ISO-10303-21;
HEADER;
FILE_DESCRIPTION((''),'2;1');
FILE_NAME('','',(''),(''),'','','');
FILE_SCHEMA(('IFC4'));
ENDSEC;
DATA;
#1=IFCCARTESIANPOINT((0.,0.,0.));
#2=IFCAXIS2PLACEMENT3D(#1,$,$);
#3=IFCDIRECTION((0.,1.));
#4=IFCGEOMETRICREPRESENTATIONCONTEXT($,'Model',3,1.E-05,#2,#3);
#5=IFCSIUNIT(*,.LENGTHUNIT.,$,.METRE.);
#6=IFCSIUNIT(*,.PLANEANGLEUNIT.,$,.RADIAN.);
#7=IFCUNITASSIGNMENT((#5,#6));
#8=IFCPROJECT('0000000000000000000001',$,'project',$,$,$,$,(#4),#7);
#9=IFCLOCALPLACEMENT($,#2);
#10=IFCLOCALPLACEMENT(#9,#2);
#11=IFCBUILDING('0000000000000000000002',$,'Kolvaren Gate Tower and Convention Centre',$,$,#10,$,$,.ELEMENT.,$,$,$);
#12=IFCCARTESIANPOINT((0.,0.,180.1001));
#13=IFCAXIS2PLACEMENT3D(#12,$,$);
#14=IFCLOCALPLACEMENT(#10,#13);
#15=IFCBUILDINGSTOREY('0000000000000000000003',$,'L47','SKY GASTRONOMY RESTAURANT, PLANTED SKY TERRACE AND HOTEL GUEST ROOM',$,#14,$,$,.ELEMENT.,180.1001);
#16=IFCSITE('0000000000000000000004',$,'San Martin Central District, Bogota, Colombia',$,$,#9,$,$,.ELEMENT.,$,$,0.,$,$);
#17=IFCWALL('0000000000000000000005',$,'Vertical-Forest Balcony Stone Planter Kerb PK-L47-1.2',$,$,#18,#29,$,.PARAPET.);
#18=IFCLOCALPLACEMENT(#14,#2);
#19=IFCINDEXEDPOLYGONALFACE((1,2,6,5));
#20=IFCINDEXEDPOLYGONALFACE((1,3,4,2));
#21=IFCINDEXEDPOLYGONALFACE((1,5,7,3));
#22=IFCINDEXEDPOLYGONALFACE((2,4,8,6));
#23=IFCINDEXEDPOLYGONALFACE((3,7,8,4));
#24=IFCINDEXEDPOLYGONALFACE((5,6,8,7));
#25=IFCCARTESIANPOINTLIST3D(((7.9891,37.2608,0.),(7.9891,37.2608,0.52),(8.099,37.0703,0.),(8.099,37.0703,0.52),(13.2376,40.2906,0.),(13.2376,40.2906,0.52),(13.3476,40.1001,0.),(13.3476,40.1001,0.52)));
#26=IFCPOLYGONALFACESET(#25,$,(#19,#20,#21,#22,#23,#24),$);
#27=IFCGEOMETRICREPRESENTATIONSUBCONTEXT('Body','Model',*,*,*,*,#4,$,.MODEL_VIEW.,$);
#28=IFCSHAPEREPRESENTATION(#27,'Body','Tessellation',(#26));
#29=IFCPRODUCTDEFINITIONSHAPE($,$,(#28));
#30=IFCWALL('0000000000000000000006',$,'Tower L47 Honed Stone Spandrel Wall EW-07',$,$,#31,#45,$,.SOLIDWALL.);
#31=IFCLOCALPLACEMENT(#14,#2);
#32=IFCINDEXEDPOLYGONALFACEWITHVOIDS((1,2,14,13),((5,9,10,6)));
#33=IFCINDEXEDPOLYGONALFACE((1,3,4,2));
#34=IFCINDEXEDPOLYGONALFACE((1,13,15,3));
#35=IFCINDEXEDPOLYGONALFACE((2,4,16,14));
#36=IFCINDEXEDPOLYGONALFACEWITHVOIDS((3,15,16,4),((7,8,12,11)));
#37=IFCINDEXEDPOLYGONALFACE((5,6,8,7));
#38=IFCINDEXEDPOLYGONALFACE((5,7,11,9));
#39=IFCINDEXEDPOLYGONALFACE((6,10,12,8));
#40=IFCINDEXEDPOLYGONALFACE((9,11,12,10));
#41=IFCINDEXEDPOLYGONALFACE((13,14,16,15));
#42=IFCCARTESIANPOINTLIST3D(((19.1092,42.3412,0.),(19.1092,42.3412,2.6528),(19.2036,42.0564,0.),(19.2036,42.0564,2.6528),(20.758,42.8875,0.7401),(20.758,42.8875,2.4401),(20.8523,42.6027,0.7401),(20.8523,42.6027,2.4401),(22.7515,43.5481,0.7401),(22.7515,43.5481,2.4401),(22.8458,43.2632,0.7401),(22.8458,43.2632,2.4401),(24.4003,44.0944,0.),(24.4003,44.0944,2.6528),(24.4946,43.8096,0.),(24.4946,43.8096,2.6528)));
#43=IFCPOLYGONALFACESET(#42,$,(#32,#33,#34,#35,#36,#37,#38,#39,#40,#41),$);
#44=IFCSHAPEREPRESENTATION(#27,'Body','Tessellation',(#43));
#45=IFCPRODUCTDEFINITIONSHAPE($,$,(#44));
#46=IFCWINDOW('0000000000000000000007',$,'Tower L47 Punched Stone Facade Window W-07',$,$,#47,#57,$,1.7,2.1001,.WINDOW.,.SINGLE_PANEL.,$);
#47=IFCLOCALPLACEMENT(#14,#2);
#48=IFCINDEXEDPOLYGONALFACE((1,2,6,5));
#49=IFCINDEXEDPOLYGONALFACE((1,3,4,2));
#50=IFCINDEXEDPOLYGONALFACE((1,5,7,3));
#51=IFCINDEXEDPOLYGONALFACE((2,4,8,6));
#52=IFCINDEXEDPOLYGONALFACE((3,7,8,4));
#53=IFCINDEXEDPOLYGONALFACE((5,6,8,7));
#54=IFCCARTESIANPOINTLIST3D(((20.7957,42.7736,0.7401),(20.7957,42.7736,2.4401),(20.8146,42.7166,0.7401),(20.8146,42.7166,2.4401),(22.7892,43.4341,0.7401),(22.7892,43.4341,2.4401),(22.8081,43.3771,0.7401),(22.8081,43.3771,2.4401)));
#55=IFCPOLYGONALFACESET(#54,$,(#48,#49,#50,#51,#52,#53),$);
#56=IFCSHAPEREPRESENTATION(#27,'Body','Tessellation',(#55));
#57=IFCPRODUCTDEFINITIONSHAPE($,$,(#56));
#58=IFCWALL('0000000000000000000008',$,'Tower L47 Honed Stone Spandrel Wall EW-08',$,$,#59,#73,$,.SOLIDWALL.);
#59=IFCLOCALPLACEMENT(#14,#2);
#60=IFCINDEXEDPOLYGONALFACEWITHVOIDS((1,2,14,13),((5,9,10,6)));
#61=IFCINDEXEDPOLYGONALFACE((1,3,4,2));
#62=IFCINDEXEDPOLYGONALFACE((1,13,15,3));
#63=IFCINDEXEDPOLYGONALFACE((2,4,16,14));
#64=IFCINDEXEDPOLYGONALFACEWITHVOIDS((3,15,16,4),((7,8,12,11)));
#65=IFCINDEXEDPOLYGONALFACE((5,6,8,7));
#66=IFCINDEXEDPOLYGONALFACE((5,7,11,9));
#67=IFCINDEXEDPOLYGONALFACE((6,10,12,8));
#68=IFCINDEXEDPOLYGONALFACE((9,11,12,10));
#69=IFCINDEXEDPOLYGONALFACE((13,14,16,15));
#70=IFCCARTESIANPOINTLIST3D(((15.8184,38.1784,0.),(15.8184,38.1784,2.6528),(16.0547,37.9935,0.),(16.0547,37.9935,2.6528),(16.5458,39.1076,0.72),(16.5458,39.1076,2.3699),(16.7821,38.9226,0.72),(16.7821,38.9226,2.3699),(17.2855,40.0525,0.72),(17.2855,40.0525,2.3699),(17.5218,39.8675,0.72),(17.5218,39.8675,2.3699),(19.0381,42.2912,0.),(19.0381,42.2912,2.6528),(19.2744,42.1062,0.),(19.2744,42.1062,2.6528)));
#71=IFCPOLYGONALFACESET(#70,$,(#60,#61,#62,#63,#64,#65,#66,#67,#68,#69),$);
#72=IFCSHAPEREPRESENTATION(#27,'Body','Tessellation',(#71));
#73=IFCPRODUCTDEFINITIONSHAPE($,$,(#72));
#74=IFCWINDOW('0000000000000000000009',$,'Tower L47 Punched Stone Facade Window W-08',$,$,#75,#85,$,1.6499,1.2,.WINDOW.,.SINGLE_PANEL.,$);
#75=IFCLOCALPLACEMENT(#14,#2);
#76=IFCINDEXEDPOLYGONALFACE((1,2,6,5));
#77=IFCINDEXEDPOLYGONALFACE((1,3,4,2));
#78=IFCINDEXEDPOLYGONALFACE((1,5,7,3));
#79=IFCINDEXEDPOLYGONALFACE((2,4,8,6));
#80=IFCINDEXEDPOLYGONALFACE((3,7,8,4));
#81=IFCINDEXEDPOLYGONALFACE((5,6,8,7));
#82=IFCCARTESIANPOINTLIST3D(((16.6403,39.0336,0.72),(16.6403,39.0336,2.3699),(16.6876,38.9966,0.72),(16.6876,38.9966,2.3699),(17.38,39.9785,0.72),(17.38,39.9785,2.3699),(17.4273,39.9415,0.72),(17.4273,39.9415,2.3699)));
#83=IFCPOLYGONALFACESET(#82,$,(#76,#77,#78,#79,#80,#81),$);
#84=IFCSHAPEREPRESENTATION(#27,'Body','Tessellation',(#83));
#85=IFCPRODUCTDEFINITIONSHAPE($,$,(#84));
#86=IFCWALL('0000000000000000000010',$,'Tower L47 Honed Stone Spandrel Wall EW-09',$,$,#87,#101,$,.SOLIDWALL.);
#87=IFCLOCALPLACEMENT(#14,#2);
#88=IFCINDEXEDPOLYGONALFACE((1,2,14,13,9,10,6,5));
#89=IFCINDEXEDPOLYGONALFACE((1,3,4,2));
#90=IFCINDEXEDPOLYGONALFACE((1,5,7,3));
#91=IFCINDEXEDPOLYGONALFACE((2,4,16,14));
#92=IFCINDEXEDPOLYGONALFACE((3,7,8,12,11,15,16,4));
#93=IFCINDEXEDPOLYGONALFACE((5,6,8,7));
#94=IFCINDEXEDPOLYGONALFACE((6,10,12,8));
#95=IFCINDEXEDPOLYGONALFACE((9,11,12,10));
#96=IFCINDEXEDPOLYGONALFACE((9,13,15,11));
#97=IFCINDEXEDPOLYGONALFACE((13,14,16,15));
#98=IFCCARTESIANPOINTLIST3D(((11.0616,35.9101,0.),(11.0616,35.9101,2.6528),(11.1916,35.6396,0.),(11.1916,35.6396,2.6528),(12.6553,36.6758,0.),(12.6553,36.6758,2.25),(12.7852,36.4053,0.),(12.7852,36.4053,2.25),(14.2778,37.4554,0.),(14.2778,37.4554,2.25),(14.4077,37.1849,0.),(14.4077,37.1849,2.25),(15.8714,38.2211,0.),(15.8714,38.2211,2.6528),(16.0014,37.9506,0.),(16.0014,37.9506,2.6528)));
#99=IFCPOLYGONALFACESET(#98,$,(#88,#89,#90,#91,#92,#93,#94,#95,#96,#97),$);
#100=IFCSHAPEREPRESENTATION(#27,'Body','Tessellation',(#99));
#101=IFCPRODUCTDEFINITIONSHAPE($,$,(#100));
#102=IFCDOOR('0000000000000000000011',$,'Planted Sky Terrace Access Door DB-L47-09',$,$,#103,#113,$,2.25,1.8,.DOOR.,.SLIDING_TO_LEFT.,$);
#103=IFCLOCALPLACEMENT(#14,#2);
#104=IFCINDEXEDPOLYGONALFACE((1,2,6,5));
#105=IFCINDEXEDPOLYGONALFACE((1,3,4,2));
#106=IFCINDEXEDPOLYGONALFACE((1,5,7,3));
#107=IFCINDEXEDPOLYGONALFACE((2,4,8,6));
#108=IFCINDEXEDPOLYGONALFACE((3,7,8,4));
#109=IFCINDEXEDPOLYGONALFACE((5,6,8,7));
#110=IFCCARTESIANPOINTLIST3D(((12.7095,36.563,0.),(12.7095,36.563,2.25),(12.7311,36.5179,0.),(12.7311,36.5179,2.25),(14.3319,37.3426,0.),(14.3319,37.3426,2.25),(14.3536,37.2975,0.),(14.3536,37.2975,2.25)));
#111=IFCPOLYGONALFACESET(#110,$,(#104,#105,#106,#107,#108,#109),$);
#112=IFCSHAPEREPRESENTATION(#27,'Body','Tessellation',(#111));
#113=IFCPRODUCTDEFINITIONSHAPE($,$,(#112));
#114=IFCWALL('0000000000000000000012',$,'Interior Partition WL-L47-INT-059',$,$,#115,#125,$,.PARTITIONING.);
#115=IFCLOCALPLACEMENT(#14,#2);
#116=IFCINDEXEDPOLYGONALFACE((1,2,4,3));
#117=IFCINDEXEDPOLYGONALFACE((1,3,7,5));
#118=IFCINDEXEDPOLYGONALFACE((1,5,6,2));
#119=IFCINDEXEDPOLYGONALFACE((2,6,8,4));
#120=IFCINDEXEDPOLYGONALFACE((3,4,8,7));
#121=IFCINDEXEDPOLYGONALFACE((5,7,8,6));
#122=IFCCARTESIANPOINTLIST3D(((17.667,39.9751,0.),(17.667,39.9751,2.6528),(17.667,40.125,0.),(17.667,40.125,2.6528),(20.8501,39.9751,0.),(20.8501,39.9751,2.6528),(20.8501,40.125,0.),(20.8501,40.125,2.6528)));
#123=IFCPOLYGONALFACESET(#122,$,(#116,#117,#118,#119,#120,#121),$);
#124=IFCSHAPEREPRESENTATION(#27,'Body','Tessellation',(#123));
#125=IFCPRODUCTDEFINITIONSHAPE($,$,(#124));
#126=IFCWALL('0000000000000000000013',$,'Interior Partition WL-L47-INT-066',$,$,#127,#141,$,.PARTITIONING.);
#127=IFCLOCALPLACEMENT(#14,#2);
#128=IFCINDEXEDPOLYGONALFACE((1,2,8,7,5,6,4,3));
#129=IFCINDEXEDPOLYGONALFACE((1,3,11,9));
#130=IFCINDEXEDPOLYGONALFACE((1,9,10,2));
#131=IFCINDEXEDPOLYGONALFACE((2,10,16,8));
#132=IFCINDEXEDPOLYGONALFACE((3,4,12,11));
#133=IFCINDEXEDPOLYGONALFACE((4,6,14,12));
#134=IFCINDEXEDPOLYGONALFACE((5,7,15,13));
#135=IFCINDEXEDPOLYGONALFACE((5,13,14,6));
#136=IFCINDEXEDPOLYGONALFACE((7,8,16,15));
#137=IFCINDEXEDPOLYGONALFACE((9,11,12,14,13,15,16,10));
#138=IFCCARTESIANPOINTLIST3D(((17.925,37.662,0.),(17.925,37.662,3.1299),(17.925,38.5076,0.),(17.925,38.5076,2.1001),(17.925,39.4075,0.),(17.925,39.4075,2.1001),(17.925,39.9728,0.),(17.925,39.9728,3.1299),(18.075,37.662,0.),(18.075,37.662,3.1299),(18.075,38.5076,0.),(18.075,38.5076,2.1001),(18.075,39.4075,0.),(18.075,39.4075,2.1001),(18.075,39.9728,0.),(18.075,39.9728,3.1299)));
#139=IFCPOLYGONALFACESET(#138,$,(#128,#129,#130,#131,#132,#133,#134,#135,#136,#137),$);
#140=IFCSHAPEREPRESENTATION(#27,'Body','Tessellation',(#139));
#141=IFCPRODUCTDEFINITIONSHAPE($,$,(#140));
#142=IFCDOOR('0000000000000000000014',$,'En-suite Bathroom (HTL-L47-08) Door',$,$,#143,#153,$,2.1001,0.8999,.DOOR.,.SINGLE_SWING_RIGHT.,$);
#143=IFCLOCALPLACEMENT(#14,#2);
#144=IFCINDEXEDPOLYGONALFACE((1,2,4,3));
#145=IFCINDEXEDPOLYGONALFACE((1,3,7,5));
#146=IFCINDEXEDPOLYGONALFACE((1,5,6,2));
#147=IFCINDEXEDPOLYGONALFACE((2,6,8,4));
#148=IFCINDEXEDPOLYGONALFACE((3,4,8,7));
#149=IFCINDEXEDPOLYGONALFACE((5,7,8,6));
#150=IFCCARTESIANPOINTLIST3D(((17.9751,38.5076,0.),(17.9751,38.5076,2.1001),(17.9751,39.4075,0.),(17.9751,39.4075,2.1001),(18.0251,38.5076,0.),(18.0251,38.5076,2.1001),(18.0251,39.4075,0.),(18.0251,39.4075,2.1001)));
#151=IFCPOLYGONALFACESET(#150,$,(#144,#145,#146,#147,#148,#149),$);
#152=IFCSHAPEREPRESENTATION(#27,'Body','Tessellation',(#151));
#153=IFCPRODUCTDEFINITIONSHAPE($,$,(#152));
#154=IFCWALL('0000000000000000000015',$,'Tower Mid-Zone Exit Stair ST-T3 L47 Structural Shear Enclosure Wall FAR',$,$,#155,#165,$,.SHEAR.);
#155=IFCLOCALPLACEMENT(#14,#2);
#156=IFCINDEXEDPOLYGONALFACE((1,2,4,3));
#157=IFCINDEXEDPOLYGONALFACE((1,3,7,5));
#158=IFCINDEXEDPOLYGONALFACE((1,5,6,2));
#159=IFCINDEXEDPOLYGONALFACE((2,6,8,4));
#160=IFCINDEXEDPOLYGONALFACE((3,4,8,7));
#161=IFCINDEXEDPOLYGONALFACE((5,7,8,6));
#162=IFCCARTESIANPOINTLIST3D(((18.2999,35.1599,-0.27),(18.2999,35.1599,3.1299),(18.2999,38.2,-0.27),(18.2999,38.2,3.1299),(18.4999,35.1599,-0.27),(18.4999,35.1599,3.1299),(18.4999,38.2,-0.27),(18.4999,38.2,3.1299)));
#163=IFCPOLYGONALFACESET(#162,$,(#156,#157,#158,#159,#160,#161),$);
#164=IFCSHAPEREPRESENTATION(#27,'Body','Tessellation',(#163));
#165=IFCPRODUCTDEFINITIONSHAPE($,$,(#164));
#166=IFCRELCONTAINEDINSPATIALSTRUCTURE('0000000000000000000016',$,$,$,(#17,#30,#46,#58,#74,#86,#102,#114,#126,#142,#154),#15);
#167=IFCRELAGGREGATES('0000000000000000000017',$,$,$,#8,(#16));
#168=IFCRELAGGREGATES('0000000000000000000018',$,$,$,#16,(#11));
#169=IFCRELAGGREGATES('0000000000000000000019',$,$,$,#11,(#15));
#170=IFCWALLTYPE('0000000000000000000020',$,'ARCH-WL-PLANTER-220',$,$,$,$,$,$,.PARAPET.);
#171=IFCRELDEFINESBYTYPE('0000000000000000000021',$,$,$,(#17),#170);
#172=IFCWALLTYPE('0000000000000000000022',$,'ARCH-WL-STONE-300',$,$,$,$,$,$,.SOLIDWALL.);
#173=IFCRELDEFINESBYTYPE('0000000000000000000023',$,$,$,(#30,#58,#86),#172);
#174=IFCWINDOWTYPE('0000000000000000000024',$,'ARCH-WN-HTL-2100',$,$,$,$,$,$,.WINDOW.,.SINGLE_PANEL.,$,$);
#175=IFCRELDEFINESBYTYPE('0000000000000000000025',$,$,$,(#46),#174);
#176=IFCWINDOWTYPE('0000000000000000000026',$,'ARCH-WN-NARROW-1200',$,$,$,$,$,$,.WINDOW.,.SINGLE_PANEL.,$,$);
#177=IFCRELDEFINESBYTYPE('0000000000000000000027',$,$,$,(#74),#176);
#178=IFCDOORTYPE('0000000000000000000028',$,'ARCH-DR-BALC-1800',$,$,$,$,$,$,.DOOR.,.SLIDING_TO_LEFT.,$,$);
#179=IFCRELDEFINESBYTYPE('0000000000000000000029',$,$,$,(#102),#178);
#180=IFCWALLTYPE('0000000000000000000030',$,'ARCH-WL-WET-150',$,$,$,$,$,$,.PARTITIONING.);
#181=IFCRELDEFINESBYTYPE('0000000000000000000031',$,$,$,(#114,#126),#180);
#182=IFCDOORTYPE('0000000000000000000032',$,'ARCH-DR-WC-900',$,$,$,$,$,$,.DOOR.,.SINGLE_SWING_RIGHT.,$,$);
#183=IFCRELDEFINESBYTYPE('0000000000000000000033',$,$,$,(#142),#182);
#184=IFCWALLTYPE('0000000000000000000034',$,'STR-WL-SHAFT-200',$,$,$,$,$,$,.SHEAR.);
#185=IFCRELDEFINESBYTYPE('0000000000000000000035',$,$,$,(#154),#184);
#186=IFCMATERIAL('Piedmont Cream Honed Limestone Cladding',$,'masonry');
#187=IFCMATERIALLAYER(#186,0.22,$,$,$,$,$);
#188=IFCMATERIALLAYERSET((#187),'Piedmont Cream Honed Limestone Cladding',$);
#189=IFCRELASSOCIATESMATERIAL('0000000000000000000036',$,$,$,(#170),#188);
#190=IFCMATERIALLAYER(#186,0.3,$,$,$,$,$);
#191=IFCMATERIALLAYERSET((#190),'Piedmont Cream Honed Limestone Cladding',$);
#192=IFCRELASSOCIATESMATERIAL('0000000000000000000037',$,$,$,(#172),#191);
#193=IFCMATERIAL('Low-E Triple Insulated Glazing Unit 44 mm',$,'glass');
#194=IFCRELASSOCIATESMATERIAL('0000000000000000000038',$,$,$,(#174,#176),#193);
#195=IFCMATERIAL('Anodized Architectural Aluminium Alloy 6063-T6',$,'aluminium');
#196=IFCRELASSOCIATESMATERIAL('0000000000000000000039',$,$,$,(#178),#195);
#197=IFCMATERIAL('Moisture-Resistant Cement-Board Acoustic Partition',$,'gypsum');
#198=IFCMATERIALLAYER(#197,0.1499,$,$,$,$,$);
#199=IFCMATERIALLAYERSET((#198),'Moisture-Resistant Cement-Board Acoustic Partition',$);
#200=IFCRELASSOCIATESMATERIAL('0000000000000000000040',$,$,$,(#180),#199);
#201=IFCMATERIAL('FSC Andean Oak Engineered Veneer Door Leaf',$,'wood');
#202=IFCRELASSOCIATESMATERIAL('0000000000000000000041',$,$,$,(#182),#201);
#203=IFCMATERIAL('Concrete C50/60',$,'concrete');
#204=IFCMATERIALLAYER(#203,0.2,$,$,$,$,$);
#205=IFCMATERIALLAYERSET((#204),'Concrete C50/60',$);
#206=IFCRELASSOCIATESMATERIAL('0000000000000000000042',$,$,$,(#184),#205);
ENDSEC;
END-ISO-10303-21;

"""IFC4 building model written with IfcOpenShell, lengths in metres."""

from ifc_helpers import new_model, si_unit, direction, frame, frame_2d, origin, place, context, subcontext, project, spatial, rectangle, extrude, material, layer, layer_set, type_object, element, fill, save


model = new_model("IFC4")

# Units and contexts
model_context = context("Model", 3, precision=1e-05, world=origin(), true_north=direction((0.0, 1.0)))
body_context = subcontext(model_context, "Body", "Model", "MODEL_VIEW")
ifc_project = project(units=[si_unit("LENGTHUNIT", "METRE"), si_unit("PLANEANGLEUNIT", "RADIAN")], contexts=[model_context])

# Site, building, storey
site_placement = place(None, origin())
site = spatial("IfcSite", under=ifc_project, at=site_placement, Name="San Martin Central District, Bogota, Colombia", CompositionType="ELEMENT", RefElevation=0.0)
building_placement = place(site_placement, origin())
building = spatial("IfcBuilding", under=site, at=building_placement, Name="Kolvaren Gate Tower and Convention Centre", CompositionType="ELEMENT")
storey_placement = place(building_placement, frame((0.0, 0.0, 180.1001)))
storey = spatial("IfcBuildingStorey", under=building, at=storey_placement, Name="L47", Description="SKY GASTRONOMY RESTAURANT, PLANTED SKY TERRACE AND HOTEL GUEST ROOM", CompositionType="ELEMENT", Elevation=180.1001)

# Wall
ifc_material_1 = material(Name="Piedmont Cream Honed Limestone Cladding", Category="masonry")
ifc_layer_1 = layer(ifc_material_1, 0.22)
ifc_layer_set_1 = layer_set([ifc_layer_1], Name="Piedmont Cream Honed Limestone Cladding")
wall_type_1 = type_object("IfcWallType", Name="ARCH-WL-PLANTER-220", PredefinedType="PARAPET", material=ifc_layer_set_1)
wall_1_placement = place(storey_placement, frame((8.0439, 37.1655, 0.0), z_axis=(0.0, 0.0, 1.0), x_axis=(0.866058, 0.499943, 0.0)))
element("IfcWall", 1, at=wall_1_placement, inside=storey, type_object=wall_type_1, Name="Vertical-Forest Balcony Stone Planter Kerb PK-L47-1.2", PredefinedType="PARAPET", context=body_context, shape_type="SweptSolid", body=[
    extrude(rectangle(XDim=6.0603, YDim=0.22, at=frame_2d((3.0303, 0.0))), origin(), (0.0, 0.0, 1.0), 0.52),
])

# Walls, openings, windows
ifc_layer_2 = layer(ifc_material_1, 0.3)
ifc_layer_set_2 = layer_set([ifc_layer_2], Name="Piedmont Cream Honed Limestone Cladding")
wall_type_2 = type_object("IfcWallType", Name="ARCH-WL-STONE-300", PredefinedType="SOLIDWALL", material=ifc_layer_set_2)
wall_2_placement = place(storey_placement, frame((19.1562, 42.1987, 0.0), z_axis=(0.0, 0.0, 1.0), x_axis=(0.949247, 0.314532, 0.0)))
wall_2 = element("IfcWall", 2, at=wall_2_placement, inside=storey, type_object=wall_type_2, Name="Tower L47 Honed Stone Spandrel Wall EW-07", PredefinedType="SOLIDWALL", context=body_context, shape_type="SweptSolid", body=[
    extrude(rectangle(XDim=5.574, YDim=0.3, at=frame_2d((2.7871, 0.0))), origin(), (0.0, 0.0, 1.0), 2.6528),
])
opening_1_placement = place(wall_2_placement, frame((1.7371, 0.0, 0.74)))
opening_1 = element("IfcOpeningElement", 3, at=opening_1_placement, cuts=wall_2, PredefinedType="OPENING", context=body_context, shape_type="SweptSolid", body=[
    extrude(rectangle(XDim=2.1001, YDim=1.7, at=frame_2d((1.05, 0.8501))), frame((0.0, 0.1599, 0.0), z_axis=(0.0, -1.0, 0.0), x_axis=(1.0, 0.0, 0.0)), (0.0, 0.0, 1.0), 0.3201),
])
ifc_material_2 = material(Name="Low-E Triple Insulated Glazing Unit 44 mm", Category="glass")
window_type_1 = type_object("IfcWindowType", Name="ARCH-WN-HTL-2100", PartitioningType="SINGLE_PANEL", PredefinedType="WINDOW", material=ifc_material_2)
window_1_placement = place(opening_1_placement, origin())
window_1 = element("IfcWindow", 4, at=window_1_placement, inside=storey, type_object=window_type_1, Name="Tower L47 Punched Stone Facade Window W-07", OverallHeight=1.7, OverallWidth=2.1001, PartitioningType="SINGLE_PANEL", PredefinedType="WINDOW", context=body_context, shape_type="SweptSolid", body=[
    extrude(rectangle(XDim=2.1001, YDim=1.7, at=frame_2d((1.05, 0.8501))), frame((0.0, 0.03, 0.0), z_axis=(0.0, -1.0, 0.0), x_axis=(1.0, 0.0, 0.0)), (0.0, 0.0, 1.0), 0.0601),
])
fill(opening_1, window_1)
wall_3_placement = place(storey_placement, frame((15.9365, 38.0859, 0.0), z_axis=(0.0, 0.0, 1.0), x_axis=(0.616429, 0.78741, 0.0)))
wall_3 = element("IfcWall", 5, at=wall_3_placement, inside=storey, type_object=wall_type_2, Name="Tower L47 Honed Stone Spandrel Wall EW-08", PredefinedType="SOLIDWALL", context=body_context, shape_type="SweptSolid", body=[
    extrude(rectangle(XDim=5.2231, YDim=0.3, at=frame_2d((2.6116, 0.0))), origin(), (0.0, 0.0, 1.0), 2.6528),
])
opening_2_placement = place(wall_3_placement, frame((1.1799, 0.0, 0.72)))
opening_2 = element("IfcOpeningElement", 6, at=opening_2_placement, cuts=wall_3, PredefinedType="OPENING", context=body_context, shape_type="SweptSolid", body=[
    extrude(rectangle(XDim=1.2, YDim=1.6499, at=frame_2d((0.6001, 0.825))), frame((0.0, 0.1599, 0.0), z_axis=(0.0, -1.0, 0.0), x_axis=(1.0, 0.0, 0.0)), (0.0, 0.0, 1.0), 0.3201),
])
window_type_2 = type_object("IfcWindowType", Name="ARCH-WN-NARROW-1200", PartitioningType="SINGLE_PANEL", PredefinedType="WINDOW", material=ifc_material_2)
window_2_placement = place(opening_2_placement, origin())
window_2 = element("IfcWindow", 7, at=window_2_placement, inside=storey, type_object=window_type_2, Name="Tower L47 Punched Stone Facade Window W-08", OverallHeight=1.6499, OverallWidth=1.2, PartitioningType="SINGLE_PANEL", PredefinedType="WINDOW", context=body_context, shape_type="SweptSolid", body=[
    extrude(rectangle(XDim=1.2, YDim=1.6499, at=frame_2d((0.6001, 0.825))), frame((0.0, 0.03, 0.0), z_axis=(0.0, -1.0, 0.0), x_axis=(1.0, 0.0, 0.0)), (0.0, 0.0, 1.0), 0.0601),
])
fill(opening_2, window_2)

# Wall, opening, door
wall_4_placement = place(storey_placement, frame((11.1267, 35.7749, 0.0), z_axis=(0.0, 0.0, 1.0), x_axis=(0.901353, 0.433085, 0.0)))
wall_4 = element("IfcWall", 8, at=wall_4_placement, inside=storey, type_object=wall_type_2, Name="Tower L47 Honed Stone Spandrel Wall EW-09", PredefinedType="SOLIDWALL", context=body_context, shape_type="SweptSolid", body=[
    extrude(rectangle(XDim=5.3362, YDim=0.3, at=frame_2d((2.668, 0.0))), origin(), (0.0, 0.0, 1.0), 2.6528),
])
opening_3_placement = place(wall_4_placement, frame((1.7681, 0.0, 0.0)))
opening_3 = element("IfcOpeningElement", 9, at=opening_3_placement, cuts=wall_4, PredefinedType="OPENING", context=body_context, shape_type="SweptSolid", body=[
    extrude(rectangle(XDim=1.8, YDim=2.25, at=frame_2d((0.8999, 1.125))), frame((0.0, 0.1599, 0.0), z_axis=(0.0, -1.0, 0.0), x_axis=(1.0, 0.0, 0.0)), (0.0, 0.0, 1.0), 0.3201),
])
ifc_material_3 = material(Name="Anodized Architectural Aluminium Alloy 6063-T6", Category="aluminium")
door_type_1 = type_object("IfcDoorType", Name="ARCH-DR-BALC-1800", OperationType="SLIDING_TO_LEFT", PredefinedType="DOOR", material=ifc_material_3)
door_1_placement = place(opening_3_placement, origin())
door_1 = element("IfcDoor", 10, at=door_1_placement, inside=storey, type_object=door_type_1, Name="Planted Sky Terrace Access Door DB-L47-09", OperationType="SLIDING_TO_LEFT", OverallHeight=2.25, OverallWidth=1.8, PredefinedType="DOOR", context=body_context, shape_type="SweptSolid", body=[
    extrude(rectangle(XDim=1.8, YDim=2.25, at=frame_2d((0.8999, 1.125))), frame((0.0, 0.0249, 0.0), z_axis=(0.0, -1.0, 0.0), x_axis=(1.0, 0.0, 0.0)), (0.0, 0.0, 1.0), 0.05),
])
fill(opening_3, door_1)

# Wall
ifc_material_4 = material(Name="Moisture-Resistant Cement-Board Acoustic Partition", Category="gypsum")
ifc_layer_3 = layer(ifc_material_4, 0.1499)
ifc_layer_set_3 = layer_set([ifc_layer_3], Name="Moisture-Resistant Cement-Board Acoustic Partition")
wall_type_3 = type_object("IfcWallType", Name="ARCH-WL-WET-150", PredefinedType="PARTITIONING", material=ifc_layer_set_3)
wall_5_placement = place(storey_placement, frame((17.667, 40.05, 0.0), z_axis=(0.0, 0.0, 1.0), x_axis=(1.0, 0.0, 0.0)))
element("IfcWall", 11, at=wall_5_placement, inside=storey, type_object=wall_type_3, Name="Interior Partition WL-L47-INT-059", PredefinedType="PARTITIONING", context=body_context, shape_type="SweptSolid", body=[
    extrude(rectangle(XDim=3.1831, YDim=0.1499, at=frame_2d((1.5916, 0.0))), origin(), (0.0, 0.0, 1.0), 2.6528),
])

# Wall, opening, door
wall_6_placement = place(storey_placement, frame((18.0, 37.6621, 0.0), z_axis=(0.0, 0.0, 1.0), x_axis=(0.0, 1.0, 0.0)))
wall_6 = element("IfcWall", 12, at=wall_6_placement, inside=storey, type_object=wall_type_3, Name="Interior Partition WL-L47-INT-066", PredefinedType="PARTITIONING", context=body_context, shape_type="SweptSolid", body=[
    extrude(rectangle(XDim=2.3108, YDim=0.1499, at=frame_2d((1.1553, 0.0))), origin(), (0.0, 0.0, 1.0), 3.1299),
])
opening_4_placement = place(wall_6_placement, frame((0.8455, 0.0, 0.0)))
opening_4 = element("IfcOpeningElement", 13, at=opening_4_placement, cuts=wall_6, PredefinedType="OPENING", context=body_context, shape_type="SweptSolid", body=[
    extrude(rectangle(XDim=0.8999, YDim=2.1001, at=frame_2d((0.45, 1.05))), frame((0.0, 0.085, 0.0), z_axis=(0.0, -1.0, 0.0), x_axis=(1.0, 0.0, 0.0)), (0.0, 0.0, 1.0), 0.1699),
])
ifc_material_5 = material(Name="FSC Andean Oak Engineered Veneer Door Leaf", Category="wood")
door_type_2 = type_object("IfcDoorType", Name="ARCH-DR-WC-900", OperationType="SINGLE_SWING_RIGHT", PredefinedType="DOOR", material=ifc_material_5)
door_2_placement = place(opening_4_placement, origin())
door_2 = element("IfcDoor", 14, at=door_2_placement, inside=storey, type_object=door_type_2, Name="En-suite Bathroom (HTL-L47-08) Door", OperationType="SINGLE_SWING_RIGHT", OverallHeight=2.1001, OverallWidth=0.8999, PredefinedType="DOOR", context=body_context, shape_type="SweptSolid", body=[
    extrude(rectangle(XDim=0.8999, YDim=2.1001, at=frame_2d((0.45, 1.05))), frame((0.0, 0.0249, 0.0), z_axis=(0.0, -1.0, 0.0), x_axis=(1.0, 0.0, 0.0)), (0.0, 0.0, 1.0), 0.05),
])
fill(opening_4, door_2)

# Wall
ifc_material_6 = material(Name="Concrete C50/60", Category="concrete")
ifc_layer_4 = layer(ifc_material_6, 0.2)
ifc_layer_set_4 = layer_set([ifc_layer_4], Name="Concrete C50/60")
wall_type_4 = type_object("IfcWallType", Name="STR-WL-SHAFT-200", PredefinedType="SHEAR", material=ifc_layer_set_4)
wall_7_placement = place(storey_placement, frame((18.3999, 35.1599, -0.27), z_axis=(0.0, 0.0, 1.0), x_axis=(0.0, 1.0, 0.0)))
element("IfcWall", 15, at=wall_7_placement, inside=storey, type_object=wall_type_4, Name="Tower Mid-Zone Exit Stair ST-T3 L47 Structural Shear Enclosure Wall FAR", PredefinedType="SHEAR", context=body_context, shape_type="SweptSolid", body=[
    extrude(rectangle(XDim=3.04, YDim=0.2, at=frame_2d((1.52, 0.0))), origin(), (0.0, 0.0, 1.0), 3.3999),
])

save(model, "model.ifc")
